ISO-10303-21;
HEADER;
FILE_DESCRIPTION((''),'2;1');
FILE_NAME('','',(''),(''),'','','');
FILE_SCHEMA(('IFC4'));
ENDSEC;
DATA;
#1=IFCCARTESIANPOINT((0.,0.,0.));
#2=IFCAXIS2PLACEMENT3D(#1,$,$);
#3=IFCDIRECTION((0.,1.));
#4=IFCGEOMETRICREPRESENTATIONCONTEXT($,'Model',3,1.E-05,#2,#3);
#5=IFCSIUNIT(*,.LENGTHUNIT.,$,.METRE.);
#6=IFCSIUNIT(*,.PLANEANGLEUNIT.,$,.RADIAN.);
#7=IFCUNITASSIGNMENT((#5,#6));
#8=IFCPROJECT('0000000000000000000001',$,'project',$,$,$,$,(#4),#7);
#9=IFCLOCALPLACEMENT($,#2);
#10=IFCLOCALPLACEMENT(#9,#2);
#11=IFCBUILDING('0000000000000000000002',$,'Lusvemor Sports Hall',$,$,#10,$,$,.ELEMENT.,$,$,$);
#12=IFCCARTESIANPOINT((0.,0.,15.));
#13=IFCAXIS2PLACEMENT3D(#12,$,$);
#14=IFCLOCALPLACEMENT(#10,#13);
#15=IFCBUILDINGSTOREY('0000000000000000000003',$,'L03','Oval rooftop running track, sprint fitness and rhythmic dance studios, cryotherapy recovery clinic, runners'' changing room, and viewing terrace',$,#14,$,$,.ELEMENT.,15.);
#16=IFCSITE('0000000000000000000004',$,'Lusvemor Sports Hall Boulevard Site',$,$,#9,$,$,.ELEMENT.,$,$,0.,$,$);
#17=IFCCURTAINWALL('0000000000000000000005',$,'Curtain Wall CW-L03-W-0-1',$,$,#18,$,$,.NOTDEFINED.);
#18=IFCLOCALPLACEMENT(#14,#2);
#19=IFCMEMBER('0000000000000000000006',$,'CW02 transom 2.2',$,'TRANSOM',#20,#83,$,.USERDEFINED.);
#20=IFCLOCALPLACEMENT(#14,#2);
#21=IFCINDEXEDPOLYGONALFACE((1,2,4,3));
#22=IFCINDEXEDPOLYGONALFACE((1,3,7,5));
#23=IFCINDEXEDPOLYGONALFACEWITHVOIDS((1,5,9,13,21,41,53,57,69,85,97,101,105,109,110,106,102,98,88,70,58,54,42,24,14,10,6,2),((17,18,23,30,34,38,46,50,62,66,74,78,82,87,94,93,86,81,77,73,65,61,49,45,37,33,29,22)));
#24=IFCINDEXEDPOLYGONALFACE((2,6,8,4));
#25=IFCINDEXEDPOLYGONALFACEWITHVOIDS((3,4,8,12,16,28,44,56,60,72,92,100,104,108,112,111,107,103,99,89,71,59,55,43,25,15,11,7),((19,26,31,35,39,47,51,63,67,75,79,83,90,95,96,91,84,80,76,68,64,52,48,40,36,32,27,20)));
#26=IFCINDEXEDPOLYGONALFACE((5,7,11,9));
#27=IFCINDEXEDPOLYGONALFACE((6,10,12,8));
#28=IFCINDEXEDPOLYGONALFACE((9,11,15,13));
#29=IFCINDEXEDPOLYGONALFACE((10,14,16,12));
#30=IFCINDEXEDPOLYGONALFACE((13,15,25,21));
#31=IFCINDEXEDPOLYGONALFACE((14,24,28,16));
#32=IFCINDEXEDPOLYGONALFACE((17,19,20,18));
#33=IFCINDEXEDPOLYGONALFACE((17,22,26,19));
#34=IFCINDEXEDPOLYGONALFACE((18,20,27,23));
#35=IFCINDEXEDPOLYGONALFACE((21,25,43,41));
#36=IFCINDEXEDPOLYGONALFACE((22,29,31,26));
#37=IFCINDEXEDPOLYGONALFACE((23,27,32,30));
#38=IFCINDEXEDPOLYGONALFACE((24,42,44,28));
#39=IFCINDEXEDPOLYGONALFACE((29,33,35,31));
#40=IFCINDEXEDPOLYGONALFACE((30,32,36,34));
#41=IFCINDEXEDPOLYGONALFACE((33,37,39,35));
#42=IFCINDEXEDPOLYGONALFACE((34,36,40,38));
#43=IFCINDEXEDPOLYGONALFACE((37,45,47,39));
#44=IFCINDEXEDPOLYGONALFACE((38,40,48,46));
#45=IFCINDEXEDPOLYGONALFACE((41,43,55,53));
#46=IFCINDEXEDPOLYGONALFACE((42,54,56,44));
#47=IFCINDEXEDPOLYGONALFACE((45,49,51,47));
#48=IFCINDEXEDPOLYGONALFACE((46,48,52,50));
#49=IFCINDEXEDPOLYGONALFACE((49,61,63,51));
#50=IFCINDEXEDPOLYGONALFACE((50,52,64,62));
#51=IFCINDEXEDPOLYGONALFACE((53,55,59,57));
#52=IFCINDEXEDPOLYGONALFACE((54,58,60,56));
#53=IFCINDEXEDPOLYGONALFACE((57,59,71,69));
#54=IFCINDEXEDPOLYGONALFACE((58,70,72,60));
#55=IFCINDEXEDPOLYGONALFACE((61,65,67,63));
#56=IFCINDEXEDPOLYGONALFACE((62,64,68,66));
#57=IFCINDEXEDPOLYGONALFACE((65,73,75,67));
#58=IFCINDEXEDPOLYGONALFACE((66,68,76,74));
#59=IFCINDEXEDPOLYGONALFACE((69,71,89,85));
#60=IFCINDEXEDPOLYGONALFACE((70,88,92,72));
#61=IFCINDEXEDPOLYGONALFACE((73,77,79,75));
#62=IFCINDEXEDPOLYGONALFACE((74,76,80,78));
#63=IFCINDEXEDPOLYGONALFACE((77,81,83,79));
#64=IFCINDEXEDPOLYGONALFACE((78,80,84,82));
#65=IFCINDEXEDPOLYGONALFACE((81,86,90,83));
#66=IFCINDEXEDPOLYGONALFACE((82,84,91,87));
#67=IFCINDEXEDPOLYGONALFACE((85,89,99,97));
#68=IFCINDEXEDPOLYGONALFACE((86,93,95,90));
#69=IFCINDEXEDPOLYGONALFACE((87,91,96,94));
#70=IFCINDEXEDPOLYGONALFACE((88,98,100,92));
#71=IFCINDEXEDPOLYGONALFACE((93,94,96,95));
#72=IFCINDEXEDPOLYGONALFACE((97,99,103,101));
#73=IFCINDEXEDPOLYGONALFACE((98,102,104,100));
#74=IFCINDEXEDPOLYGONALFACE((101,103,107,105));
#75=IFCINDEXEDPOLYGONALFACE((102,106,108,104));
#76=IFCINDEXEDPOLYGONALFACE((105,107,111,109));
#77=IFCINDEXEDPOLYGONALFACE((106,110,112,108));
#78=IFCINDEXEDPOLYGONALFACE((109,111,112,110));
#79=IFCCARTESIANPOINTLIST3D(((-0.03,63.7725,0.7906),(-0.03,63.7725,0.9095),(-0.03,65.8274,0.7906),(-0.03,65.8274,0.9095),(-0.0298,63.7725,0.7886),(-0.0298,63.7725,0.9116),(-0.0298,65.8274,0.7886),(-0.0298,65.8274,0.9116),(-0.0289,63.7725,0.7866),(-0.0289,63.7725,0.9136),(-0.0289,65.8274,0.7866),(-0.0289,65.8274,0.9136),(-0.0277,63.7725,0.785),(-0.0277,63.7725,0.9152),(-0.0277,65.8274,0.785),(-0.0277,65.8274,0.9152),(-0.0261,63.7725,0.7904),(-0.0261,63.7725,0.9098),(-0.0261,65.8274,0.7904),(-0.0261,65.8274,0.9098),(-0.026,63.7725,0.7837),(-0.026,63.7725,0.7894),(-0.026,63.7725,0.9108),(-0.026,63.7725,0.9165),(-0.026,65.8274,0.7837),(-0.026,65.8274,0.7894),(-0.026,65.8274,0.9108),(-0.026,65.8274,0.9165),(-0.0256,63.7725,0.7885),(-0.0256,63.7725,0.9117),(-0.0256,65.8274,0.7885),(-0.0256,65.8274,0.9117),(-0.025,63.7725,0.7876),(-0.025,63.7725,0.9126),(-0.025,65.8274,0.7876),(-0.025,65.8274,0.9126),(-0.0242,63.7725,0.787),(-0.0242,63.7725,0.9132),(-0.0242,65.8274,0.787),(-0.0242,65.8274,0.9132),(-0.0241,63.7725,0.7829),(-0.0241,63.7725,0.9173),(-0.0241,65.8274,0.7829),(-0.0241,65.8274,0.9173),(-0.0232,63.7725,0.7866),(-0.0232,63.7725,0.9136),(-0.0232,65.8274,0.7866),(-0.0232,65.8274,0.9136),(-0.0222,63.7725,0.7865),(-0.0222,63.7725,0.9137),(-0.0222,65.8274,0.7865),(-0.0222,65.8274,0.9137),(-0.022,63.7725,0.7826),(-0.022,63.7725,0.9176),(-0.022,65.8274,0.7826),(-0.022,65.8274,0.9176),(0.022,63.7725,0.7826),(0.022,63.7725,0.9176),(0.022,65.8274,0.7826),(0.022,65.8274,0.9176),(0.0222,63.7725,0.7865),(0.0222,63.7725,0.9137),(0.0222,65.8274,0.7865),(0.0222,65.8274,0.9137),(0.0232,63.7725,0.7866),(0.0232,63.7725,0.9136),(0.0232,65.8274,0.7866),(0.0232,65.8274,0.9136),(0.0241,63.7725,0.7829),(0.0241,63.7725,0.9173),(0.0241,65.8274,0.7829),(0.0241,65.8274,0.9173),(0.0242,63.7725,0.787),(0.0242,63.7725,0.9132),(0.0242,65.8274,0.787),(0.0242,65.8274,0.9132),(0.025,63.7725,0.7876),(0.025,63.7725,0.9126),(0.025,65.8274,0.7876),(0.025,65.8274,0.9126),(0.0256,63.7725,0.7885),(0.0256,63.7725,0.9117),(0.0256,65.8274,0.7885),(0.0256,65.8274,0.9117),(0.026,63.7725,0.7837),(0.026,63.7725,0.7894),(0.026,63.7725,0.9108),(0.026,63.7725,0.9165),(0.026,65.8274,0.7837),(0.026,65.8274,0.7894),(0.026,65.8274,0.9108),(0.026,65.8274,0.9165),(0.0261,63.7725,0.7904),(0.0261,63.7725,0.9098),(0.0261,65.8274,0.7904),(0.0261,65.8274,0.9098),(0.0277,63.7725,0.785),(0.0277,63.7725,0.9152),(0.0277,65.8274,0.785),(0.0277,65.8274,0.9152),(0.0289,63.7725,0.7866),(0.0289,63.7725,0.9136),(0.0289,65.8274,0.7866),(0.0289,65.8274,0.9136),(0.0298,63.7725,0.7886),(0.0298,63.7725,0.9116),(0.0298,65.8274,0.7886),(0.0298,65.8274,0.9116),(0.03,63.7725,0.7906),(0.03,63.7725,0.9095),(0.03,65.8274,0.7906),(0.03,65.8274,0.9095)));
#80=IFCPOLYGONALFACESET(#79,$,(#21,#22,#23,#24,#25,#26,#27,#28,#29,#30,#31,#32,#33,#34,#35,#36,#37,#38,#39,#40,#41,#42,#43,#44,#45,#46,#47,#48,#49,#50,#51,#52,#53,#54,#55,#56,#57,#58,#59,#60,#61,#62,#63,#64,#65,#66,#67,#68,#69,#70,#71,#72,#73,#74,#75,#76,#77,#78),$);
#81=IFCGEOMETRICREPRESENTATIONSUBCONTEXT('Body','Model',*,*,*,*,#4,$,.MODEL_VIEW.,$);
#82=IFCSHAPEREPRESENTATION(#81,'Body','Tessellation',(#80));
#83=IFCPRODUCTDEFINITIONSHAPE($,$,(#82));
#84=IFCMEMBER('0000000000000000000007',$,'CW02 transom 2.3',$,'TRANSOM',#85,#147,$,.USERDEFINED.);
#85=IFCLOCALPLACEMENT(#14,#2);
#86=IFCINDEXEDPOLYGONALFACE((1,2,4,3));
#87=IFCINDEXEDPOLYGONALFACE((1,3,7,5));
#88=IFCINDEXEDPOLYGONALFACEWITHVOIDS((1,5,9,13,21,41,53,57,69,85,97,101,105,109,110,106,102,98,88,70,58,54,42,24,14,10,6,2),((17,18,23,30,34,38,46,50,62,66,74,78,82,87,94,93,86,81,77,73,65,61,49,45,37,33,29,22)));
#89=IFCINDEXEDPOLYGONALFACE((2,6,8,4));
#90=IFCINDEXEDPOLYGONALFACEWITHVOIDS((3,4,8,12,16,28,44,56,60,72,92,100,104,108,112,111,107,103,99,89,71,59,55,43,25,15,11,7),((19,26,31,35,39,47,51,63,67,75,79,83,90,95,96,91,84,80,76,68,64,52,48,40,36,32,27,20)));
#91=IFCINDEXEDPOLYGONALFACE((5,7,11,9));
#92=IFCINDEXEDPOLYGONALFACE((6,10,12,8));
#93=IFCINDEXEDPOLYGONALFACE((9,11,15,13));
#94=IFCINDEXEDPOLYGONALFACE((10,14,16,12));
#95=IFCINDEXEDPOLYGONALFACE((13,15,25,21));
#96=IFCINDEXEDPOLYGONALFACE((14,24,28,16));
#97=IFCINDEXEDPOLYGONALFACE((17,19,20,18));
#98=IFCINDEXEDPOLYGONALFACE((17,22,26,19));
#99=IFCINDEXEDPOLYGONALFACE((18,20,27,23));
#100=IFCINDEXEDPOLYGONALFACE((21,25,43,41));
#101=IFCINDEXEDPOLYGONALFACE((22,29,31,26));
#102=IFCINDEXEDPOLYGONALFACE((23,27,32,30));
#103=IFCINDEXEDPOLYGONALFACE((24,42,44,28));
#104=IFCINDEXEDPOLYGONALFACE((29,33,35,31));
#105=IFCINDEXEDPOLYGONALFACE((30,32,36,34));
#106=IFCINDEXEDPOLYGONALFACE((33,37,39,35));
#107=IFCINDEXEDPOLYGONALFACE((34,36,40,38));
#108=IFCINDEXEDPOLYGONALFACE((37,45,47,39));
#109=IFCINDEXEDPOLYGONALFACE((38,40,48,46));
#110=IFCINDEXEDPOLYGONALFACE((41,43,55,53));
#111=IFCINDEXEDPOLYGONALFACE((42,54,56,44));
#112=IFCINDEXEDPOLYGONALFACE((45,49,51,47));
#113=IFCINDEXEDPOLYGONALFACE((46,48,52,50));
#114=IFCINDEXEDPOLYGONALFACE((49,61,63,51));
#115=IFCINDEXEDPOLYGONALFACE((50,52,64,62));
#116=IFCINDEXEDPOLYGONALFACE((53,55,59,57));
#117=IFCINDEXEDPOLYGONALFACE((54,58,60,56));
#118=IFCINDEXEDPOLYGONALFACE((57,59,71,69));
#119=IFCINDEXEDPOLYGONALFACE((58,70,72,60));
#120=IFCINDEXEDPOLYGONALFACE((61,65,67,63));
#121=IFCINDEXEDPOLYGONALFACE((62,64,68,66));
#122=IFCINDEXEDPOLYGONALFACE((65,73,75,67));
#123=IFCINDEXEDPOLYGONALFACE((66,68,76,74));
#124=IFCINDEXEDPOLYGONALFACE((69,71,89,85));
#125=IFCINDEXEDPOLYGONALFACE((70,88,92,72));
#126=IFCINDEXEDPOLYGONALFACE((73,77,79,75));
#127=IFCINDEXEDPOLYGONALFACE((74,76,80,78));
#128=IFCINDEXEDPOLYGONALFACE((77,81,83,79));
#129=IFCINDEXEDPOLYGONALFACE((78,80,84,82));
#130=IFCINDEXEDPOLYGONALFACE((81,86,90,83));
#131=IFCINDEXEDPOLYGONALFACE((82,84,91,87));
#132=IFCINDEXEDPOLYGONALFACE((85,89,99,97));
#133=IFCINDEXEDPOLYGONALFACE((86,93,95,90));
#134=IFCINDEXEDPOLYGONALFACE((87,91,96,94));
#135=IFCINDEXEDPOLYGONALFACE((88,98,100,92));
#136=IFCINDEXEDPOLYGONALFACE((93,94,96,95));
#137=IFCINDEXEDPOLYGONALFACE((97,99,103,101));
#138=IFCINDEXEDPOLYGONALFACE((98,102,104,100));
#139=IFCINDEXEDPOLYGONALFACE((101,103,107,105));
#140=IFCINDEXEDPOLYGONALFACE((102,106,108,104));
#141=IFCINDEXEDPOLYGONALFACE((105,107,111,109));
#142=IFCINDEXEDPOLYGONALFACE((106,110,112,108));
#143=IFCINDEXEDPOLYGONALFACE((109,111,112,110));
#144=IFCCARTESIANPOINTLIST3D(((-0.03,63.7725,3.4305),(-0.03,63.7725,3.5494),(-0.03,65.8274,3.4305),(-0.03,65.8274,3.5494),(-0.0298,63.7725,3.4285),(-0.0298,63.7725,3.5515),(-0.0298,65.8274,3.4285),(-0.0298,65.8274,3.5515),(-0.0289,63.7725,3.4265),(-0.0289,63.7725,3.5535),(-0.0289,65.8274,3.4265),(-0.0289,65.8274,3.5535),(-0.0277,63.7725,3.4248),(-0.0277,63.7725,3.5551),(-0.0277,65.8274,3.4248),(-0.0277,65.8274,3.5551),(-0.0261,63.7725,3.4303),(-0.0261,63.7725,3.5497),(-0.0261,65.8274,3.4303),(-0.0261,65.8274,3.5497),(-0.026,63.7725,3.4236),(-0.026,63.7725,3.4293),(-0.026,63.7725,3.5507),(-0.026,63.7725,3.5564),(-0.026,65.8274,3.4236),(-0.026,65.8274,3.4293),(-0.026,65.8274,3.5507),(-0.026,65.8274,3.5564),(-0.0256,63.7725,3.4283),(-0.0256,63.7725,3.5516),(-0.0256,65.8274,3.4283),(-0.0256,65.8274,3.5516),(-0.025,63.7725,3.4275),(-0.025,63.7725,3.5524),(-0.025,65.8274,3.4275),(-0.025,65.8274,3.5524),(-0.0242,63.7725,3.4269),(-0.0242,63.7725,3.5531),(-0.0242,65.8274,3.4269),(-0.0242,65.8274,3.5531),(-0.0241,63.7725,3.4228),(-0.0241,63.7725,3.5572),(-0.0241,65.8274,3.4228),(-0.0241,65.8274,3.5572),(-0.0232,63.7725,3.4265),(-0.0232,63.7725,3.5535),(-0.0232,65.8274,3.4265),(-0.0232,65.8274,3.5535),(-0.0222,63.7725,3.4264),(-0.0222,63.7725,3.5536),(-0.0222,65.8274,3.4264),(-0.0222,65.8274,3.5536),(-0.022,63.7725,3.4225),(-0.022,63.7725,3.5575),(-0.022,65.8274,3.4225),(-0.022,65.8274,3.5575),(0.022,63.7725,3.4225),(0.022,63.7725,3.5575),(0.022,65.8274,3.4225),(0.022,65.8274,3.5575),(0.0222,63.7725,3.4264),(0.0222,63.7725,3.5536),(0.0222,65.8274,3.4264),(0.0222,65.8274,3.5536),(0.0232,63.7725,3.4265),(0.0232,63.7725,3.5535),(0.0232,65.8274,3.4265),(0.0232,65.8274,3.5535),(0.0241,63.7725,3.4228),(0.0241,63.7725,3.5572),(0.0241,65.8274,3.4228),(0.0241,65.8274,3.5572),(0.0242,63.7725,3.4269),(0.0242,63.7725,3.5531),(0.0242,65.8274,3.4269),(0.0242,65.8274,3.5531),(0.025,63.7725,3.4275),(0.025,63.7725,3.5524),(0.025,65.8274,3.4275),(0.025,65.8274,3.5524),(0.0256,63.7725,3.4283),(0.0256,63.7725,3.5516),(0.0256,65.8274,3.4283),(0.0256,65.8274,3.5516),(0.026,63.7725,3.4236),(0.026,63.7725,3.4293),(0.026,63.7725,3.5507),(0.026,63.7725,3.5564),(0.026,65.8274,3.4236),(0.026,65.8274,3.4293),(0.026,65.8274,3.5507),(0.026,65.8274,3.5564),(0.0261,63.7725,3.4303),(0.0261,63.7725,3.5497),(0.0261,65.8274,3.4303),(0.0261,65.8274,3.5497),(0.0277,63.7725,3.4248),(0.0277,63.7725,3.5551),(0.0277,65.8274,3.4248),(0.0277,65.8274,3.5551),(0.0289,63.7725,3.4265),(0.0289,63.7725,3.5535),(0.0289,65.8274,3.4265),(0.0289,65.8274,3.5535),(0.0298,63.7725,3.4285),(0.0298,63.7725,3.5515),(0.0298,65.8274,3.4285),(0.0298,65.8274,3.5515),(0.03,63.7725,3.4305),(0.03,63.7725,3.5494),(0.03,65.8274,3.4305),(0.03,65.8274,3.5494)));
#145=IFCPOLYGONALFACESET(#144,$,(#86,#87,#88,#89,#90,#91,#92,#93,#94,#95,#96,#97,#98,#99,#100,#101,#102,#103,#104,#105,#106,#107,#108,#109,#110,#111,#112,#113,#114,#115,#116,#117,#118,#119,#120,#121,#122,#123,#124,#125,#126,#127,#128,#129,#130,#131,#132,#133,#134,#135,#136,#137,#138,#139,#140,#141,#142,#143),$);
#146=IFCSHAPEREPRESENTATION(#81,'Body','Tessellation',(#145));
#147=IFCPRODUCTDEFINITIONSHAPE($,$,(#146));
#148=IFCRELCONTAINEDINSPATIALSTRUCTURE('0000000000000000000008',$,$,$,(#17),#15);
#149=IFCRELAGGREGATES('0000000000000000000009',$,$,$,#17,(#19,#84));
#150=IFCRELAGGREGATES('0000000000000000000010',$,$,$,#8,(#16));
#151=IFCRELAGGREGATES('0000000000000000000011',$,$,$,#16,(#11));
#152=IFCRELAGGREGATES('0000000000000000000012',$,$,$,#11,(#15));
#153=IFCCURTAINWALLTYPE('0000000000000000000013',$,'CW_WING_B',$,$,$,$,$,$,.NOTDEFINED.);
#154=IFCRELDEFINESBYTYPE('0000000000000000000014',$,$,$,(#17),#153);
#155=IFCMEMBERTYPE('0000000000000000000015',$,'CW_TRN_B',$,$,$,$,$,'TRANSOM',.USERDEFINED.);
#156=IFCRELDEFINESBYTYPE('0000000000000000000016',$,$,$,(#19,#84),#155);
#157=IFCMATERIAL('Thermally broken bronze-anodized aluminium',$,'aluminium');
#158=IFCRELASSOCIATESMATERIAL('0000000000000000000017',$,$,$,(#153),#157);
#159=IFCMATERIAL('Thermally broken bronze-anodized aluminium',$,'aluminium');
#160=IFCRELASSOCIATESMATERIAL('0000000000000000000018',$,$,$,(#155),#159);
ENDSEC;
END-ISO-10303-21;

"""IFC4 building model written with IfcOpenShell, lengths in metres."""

from ifc_helpers import new_model, si_unit, direction, frame, origin, origin_2d, place, context, subcontext, project, spatial, hollow_rectangle, extrude, material, material_profile, profile_set, type_object, element, aggregate, save


model = new_model("IFC4")

# Units and contexts
model_context = context("Model", 3, precision=1e-05, world=origin(), true_north=direction((0.0, 1.0)))
body_context = subcontext(model_context, "Body", "Model", "MODEL_VIEW")
ifc_project = project(units=[si_unit("LENGTHUNIT", "METRE"), si_unit("PLANEANGLEUNIT", "RADIAN")], contexts=[model_context])

# Site, building, storey
site_placement = place(None, origin())
site = spatial("IfcSite", under=ifc_project, at=site_placement, Name="Lusvemor Sports Hall Boulevard Site", CompositionType="ELEMENT", RefElevation=0.0)
building_placement = place(site_placement, origin())
building = spatial("IfcBuilding", under=site, at=building_placement, Name="Lusvemor Sports Hall", CompositionType="ELEMENT")
storey_placement = place(building_placement, frame((0.0, 0.0, 15.0)))
storey = spatial("IfcBuildingStorey", under=building, at=storey_placement, Name="L03", Description="Oval rooftop running track, sprint fitness and rhythmic dance studios, cryotherapy recovery clinic, runners' changing room, and viewing terrace", CompositionType="ELEMENT", Elevation=15.0)

# Curtain wall
ifc_material_1 = material(Name="Thermally broken bronze-anodized aluminium", Category="aluminium")
curtain_wall_type_1 = type_object("IfcCurtainWallType", Name="CW_WING_B", PredefinedType="NOTDEFINED", material=ifc_material_1)
curtain_wall_1_placement = place(storey_placement, origin())
curtain_wall_1 = element("IfcCurtainWall", 1, at=curtain_wall_1_placement, inside=storey, type_object=curtain_wall_type_1, Name="Curtain Wall CW-L03-W-0-1", PredefinedType="NOTDEFINED")

# Members
ifc_material_2 = material(Name="Thermally broken bronze-anodized aluminium", Category="aluminium")
ifc_material_profile_1 = material_profile(ifc_material_2, hollow_rectangle(XDim=0.0601, YDim=0.135, WallThickness=0.0039, InnerFilletRadius=0.0039, OuterFilletRadius=0.0081, at=origin_2d()), Name="CWTRN135x60x4")
ifc_profile_set_1 = profile_set([ifc_material_profile_1], Name="Thermally broken bronze-anodized aluminium")
member_type_1 = type_object("IfcMemberType", Name="CW_TRN_B", ElementType="TRANSOM", PredefinedType="USERDEFINED", material=ifc_profile_set_1)
member_1_placement = place(storey_placement, frame((0.0, 63.7725, 0.8501), z_axis=(0.0, 1.0, 0.0), x_axis=(-1.0, 0.0, 0.0)))
member_1 = element("IfcMember", 2, at=member_1_placement, type_object=member_type_1, Name="CW02 transom 2.2", ObjectType="TRANSOM", PredefinedType="USERDEFINED", context=body_context, shape_type="SweptSolid", body=[
    extrude(hollow_rectangle(XDim=0.0601, YDim=0.135, WallThickness=0.0039, InnerFilletRadius=0.0039, OuterFilletRadius=0.0081, at=origin_2d()), origin(), (0.0, 0.0, 1.0), 2.0549),
])
member_2_placement = place(storey_placement, frame((0.0, 63.7725, 3.49), z_axis=(0.0, 1.0, 0.0), x_axis=(-1.0, 0.0, 0.0)))
member_2 = element("IfcMember", 3, at=member_2_placement, type_object=member_type_1, Name="CW02 transom 2.3", ObjectType="TRANSOM", PredefinedType="USERDEFINED", context=body_context, shape_type="SweptSolid", body=[
    extrude(hollow_rectangle(XDim=0.0601, YDim=0.135, WallThickness=0.0039, InnerFilletRadius=0.0039, OuterFilletRadius=0.0081, at=origin_2d()), origin(), (0.0, 0.0, 1.0), 2.0549),
])

aggregate(curtain_wall_1, [member_1, member_2])

save(model, "model.ifc")
